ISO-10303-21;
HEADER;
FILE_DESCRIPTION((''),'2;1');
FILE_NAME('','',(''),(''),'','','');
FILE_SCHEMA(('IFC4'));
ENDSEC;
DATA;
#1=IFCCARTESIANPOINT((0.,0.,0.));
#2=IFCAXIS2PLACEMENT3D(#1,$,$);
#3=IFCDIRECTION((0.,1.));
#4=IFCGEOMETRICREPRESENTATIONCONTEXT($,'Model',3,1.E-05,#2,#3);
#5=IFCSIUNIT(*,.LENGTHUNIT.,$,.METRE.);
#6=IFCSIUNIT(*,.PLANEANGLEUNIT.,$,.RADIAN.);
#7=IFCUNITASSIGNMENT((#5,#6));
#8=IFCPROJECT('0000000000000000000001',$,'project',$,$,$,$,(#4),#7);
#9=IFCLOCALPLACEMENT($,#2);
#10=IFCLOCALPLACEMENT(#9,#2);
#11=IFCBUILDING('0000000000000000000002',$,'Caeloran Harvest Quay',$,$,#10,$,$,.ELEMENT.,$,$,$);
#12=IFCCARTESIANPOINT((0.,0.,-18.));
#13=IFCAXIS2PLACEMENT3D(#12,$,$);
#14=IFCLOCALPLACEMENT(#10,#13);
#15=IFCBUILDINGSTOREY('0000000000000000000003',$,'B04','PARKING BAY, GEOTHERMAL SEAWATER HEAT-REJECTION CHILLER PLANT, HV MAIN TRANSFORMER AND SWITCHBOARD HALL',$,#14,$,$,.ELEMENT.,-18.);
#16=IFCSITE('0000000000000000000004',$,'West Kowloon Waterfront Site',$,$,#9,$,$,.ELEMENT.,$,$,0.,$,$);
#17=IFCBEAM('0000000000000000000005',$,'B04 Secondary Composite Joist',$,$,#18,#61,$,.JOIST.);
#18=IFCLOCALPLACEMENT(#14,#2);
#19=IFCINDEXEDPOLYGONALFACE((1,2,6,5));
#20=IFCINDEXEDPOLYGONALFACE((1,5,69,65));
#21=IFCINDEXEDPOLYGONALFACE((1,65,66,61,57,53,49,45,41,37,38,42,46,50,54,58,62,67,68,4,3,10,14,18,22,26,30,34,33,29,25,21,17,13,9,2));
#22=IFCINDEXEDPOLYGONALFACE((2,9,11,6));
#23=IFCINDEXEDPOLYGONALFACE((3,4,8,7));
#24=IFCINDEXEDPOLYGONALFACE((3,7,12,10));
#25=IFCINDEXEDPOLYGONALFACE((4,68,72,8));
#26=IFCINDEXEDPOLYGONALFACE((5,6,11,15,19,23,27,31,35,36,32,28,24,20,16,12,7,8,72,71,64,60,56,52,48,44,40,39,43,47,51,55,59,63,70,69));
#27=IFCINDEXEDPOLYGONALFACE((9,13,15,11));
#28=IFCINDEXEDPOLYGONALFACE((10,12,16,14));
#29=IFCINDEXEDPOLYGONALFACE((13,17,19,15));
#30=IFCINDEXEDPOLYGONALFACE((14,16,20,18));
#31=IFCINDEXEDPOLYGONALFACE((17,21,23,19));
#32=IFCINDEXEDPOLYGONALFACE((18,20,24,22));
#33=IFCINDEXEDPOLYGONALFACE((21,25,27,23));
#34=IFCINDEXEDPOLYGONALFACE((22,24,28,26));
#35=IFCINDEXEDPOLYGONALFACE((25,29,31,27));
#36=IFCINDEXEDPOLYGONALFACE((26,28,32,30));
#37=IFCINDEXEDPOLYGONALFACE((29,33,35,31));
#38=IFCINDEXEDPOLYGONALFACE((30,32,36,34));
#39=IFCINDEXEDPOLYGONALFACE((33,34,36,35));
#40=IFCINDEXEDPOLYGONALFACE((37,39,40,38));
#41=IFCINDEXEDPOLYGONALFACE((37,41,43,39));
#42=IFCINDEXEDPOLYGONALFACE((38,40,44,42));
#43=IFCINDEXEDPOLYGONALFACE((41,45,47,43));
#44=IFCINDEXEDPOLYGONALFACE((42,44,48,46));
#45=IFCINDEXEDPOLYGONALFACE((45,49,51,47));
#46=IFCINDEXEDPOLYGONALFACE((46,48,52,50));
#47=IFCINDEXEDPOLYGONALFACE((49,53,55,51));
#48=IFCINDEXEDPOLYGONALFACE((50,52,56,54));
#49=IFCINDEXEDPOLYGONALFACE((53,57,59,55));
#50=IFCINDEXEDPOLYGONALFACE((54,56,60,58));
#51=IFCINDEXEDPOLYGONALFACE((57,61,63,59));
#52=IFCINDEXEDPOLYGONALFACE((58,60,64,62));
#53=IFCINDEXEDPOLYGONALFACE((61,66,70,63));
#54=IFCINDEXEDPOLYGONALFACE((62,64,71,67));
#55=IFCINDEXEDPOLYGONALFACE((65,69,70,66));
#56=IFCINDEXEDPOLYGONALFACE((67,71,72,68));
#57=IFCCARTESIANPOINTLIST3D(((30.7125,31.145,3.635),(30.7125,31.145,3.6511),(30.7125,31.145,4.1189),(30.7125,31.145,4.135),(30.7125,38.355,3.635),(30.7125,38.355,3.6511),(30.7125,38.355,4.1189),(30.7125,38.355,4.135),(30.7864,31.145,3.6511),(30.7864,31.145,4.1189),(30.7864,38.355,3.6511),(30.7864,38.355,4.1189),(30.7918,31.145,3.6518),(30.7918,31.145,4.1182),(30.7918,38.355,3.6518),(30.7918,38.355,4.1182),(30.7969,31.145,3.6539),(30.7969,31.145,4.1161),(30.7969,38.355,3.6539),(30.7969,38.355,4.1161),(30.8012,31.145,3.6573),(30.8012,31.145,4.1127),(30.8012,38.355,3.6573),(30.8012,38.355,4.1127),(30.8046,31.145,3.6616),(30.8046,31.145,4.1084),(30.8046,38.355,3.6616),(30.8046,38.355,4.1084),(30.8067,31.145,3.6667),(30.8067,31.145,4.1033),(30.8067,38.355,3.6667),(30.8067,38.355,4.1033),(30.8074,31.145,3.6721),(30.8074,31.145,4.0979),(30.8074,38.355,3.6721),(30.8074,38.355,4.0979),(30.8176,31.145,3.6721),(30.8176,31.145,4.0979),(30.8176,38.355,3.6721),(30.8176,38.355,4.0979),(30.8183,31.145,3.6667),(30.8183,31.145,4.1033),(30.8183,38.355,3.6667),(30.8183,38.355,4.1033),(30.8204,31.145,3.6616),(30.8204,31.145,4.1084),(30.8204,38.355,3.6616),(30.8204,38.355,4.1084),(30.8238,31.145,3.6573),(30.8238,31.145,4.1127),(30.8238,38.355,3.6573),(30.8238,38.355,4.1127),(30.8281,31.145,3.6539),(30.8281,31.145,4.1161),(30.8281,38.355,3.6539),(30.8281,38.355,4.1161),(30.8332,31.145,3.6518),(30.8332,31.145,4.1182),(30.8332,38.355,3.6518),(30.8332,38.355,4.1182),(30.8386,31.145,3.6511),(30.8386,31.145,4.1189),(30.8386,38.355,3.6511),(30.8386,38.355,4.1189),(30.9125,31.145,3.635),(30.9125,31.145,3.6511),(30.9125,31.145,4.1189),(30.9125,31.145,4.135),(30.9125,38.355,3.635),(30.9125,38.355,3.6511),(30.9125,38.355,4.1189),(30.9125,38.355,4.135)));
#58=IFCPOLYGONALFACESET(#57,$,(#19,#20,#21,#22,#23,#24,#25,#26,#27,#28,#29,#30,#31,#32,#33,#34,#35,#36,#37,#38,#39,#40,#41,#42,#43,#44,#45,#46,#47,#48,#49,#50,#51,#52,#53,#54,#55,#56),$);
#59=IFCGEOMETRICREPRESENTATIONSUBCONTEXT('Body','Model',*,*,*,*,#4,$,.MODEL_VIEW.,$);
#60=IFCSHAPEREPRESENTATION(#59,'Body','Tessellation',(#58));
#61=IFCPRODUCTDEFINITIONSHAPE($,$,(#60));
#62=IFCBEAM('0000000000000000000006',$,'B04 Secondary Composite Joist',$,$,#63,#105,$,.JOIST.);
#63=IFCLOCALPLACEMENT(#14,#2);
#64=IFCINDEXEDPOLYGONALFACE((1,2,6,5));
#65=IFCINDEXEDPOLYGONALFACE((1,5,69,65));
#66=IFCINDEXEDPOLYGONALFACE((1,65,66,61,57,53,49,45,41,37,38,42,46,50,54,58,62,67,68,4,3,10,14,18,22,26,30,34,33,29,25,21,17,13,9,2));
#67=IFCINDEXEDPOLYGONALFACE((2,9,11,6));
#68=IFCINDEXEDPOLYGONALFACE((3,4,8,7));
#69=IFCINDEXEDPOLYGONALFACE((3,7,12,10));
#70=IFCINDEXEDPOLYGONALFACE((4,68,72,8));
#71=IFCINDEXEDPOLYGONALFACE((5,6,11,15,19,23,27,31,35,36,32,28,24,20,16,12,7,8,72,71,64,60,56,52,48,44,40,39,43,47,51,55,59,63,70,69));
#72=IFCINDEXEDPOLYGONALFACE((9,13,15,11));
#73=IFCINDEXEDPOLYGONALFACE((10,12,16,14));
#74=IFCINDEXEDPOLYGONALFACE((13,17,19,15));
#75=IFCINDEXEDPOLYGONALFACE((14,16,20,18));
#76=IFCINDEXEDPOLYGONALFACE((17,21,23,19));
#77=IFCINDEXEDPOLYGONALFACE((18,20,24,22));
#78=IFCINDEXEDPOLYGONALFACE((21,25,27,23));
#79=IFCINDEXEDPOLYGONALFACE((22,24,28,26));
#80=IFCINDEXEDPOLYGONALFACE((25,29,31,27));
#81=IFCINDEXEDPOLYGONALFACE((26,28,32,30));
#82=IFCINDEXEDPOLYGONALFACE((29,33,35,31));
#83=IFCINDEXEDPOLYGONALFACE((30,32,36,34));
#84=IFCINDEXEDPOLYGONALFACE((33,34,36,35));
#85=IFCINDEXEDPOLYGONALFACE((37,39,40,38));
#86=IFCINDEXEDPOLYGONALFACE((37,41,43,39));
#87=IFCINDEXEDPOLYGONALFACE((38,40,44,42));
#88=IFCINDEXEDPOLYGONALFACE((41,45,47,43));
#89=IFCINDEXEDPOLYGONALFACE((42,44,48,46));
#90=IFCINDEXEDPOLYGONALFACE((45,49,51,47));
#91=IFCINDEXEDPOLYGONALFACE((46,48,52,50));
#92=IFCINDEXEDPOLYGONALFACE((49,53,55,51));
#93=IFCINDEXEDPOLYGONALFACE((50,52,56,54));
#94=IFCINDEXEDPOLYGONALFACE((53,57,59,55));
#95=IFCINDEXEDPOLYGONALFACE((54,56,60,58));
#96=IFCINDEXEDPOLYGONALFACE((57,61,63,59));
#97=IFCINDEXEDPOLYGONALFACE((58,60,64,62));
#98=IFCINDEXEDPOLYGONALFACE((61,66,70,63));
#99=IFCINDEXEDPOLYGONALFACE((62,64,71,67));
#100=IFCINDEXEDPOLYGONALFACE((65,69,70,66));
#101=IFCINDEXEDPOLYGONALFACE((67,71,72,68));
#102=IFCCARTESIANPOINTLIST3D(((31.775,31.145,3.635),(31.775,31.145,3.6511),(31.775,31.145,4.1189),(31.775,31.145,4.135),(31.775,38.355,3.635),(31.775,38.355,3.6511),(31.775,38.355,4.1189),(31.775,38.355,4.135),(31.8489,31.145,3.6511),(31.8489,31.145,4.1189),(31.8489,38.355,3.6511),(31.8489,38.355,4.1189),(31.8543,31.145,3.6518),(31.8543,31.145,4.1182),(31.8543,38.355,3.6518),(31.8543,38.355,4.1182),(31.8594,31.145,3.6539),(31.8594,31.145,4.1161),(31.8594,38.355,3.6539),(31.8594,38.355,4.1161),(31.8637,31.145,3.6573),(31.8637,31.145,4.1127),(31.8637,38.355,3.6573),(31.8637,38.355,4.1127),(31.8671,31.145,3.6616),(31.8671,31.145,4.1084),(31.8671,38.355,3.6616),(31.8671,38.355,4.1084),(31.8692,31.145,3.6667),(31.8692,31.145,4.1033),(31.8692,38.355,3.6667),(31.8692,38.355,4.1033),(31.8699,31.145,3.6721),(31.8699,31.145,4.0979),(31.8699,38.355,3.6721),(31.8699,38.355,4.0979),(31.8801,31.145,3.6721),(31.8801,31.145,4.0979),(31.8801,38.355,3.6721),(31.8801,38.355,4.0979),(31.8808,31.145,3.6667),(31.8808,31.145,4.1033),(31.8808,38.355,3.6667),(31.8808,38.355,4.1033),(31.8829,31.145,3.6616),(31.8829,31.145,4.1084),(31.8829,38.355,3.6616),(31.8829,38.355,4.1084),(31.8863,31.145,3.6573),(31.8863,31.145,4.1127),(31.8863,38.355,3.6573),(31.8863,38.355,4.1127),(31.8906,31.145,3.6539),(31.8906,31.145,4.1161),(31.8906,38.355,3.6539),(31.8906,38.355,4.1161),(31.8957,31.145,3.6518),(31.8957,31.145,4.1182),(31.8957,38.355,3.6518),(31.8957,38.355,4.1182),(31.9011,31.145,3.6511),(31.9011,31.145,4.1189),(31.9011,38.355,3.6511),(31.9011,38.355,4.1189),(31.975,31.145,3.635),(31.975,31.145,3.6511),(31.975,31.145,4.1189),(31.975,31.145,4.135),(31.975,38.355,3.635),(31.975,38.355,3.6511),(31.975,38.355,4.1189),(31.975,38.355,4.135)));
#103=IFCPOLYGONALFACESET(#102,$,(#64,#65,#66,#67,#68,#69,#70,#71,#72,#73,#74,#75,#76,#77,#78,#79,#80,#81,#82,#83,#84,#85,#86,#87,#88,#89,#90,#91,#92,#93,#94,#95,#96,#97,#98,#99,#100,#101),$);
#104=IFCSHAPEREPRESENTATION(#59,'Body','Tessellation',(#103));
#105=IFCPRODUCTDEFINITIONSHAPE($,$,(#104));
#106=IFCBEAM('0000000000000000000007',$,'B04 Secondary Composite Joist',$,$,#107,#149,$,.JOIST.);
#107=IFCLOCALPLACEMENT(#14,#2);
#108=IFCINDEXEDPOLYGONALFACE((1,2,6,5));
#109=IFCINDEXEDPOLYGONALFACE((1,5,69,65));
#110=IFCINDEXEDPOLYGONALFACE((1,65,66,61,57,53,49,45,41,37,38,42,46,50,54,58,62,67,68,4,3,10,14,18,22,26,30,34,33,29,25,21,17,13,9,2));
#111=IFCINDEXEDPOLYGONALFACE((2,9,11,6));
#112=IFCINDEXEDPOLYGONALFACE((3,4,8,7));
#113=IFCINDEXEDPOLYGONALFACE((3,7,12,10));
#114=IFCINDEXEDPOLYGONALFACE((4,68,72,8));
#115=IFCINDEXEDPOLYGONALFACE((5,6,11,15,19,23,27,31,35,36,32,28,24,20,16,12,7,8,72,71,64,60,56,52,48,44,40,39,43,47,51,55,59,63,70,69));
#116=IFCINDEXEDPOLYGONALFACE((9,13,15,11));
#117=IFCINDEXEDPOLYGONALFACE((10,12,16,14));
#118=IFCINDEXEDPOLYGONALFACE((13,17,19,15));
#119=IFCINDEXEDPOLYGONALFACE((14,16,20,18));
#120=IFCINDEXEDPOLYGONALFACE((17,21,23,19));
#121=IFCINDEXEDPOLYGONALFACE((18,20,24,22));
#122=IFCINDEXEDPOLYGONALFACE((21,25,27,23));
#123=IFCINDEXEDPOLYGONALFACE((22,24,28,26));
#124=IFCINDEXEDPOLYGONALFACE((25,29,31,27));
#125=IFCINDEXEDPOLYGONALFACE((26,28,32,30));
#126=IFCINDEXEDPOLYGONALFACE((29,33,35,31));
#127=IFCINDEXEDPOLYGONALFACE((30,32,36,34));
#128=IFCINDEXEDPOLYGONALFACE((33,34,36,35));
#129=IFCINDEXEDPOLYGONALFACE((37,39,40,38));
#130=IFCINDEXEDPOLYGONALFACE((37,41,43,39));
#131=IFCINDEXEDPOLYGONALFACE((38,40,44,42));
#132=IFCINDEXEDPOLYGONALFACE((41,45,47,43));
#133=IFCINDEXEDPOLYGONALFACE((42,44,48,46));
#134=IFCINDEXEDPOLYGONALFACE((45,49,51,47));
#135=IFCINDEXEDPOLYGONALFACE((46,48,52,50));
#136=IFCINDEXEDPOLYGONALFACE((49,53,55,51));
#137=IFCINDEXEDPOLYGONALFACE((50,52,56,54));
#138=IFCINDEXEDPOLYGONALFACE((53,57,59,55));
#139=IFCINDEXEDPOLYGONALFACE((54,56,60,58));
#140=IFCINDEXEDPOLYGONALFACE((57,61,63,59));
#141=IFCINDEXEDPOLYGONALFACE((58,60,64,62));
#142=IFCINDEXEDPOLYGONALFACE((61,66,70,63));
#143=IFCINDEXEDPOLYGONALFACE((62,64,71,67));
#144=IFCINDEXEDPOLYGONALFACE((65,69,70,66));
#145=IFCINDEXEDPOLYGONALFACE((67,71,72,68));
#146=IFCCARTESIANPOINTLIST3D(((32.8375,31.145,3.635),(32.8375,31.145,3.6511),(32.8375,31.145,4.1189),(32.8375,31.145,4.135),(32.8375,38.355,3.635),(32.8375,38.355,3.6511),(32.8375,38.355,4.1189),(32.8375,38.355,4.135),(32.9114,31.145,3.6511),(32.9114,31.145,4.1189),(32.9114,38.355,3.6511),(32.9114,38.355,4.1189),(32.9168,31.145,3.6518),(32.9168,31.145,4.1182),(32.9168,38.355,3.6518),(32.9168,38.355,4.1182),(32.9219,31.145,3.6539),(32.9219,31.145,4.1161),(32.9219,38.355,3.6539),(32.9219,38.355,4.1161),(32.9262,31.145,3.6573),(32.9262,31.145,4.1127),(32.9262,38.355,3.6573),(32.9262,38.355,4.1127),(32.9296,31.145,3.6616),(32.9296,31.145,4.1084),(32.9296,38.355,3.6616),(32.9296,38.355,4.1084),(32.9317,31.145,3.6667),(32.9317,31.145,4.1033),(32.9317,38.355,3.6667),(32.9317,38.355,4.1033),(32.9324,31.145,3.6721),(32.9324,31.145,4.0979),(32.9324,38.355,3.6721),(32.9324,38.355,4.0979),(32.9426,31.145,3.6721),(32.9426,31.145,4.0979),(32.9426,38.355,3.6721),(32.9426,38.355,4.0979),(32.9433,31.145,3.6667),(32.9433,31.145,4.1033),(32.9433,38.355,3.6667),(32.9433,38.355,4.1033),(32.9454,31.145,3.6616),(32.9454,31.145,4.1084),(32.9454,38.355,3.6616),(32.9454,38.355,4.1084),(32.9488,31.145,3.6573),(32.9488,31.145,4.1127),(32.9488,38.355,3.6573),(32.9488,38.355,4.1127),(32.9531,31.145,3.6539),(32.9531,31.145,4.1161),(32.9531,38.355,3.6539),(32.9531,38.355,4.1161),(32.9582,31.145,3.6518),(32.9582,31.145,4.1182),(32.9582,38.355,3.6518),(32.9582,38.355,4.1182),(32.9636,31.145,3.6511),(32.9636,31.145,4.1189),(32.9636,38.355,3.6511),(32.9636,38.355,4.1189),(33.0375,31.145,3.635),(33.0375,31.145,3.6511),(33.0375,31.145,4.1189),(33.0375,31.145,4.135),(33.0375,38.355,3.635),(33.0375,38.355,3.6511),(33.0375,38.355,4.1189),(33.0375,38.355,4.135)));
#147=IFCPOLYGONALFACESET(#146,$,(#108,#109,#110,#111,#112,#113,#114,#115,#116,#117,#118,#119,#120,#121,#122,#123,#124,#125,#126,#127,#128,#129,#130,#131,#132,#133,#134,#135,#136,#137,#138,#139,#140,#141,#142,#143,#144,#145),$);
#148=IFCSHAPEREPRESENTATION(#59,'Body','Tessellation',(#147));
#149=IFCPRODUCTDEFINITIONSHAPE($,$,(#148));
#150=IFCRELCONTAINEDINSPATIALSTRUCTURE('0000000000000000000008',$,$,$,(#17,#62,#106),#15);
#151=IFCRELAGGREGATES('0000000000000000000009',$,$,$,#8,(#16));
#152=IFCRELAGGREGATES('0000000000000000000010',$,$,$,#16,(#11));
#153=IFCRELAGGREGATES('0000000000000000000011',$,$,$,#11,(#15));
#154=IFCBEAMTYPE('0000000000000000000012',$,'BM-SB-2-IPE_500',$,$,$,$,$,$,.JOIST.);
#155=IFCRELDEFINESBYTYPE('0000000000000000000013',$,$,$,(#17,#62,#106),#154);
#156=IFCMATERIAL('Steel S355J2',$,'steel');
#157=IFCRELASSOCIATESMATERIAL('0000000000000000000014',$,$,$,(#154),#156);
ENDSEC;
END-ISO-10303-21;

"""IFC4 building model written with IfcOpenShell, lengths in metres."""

from ifc_helpers import new_model, si_unit, direction, frame, origin, origin_2d, place, context, subcontext, project, spatial, i_section, extrude, material, material_profile, profile_set, type_object, element, save


model = new_model("IFC4")

# Units and contexts
model_context = context("Model", 3, precision=1e-05, world=origin(), true_north=direction((0.0, 1.0)))
body_context = subcontext(model_context, "Body", "Model", "MODEL_VIEW")
ifc_project = project(units=[si_unit("LENGTHUNIT", "METRE"), si_unit("PLANEANGLEUNIT", "RADIAN")], contexts=[model_context])

# Site, building, storey
site_placement = place(None, origin())
site = spatial("IfcSite", under=ifc_project, at=site_placement, Name="West Kowloon Waterfront Site", CompositionType="ELEMENT", RefElevation=0.0)
building_placement = place(site_placement, origin())
building = spatial("IfcBuilding", under=site, at=building_placement, Name="Caeloran Harvest Quay", CompositionType="ELEMENT")
storey_placement = place(building_placement, frame((0.0, 0.0, -18.0)))
storey = spatial("IfcBuildingStorey", under=building, at=storey_placement, Name="B04", Description="PARKING BAY, GEOTHERMAL SEAWATER HEAT-REJECTION CHILLER PLANT, HV MAIN TRANSFORMER AND SWITCHBOARD HALL", CompositionType="ELEMENT", Elevation=-18.0)

# Beams
ifc_material_1 = material(Name="Steel S355J2", Category="steel")
ifc_material_profile_1 = material_profile(ifc_material_1, i_section(OverallWidth=0.2, OverallDepth=0.5, WebThickness=0.0103, FlangeThickness=0.0161, FilletRadius=0.021, at=origin_2d()), Name="IPE 500")
ifc_profile_set_1 = profile_set([ifc_material_profile_1], Name="Steel S355J2")
beam_type_1 = type_object("IfcBeamType", Name="BM-SB-2-IPE_500", PredefinedType="JOIST", material=ifc_profile_set_1)
for number, where, z_axis, x_axis, name in (
    (1, (30.8125, 31.145, 3.885), (0.0, 1.0, 0.0), (-1.0, 0.0, 0.0), "B04 Secondary Composite Joist"),
    (2, (31.875, 31.145, 3.885), (0.0, 1.0, 0.0), (-1.0, 0.0, 0.0), "B04 Secondary Composite Joist"),
    (3, (32.9375, 31.145, 3.885), (0.0, 1.0, 0.0), (-1.0, 0.0, 0.0), "B04 Secondary Composite Joist"),
):
    element("IfcBeam", number, at=place(storey_placement, frame(where, z_axis=z_axis, x_axis=x_axis)), inside=storey, type_object=beam_type_1, Name=name, PredefinedType="JOIST", context=body_context, shape_type="SweptSolid", body=[
        extrude(i_section(OverallWidth=0.2, OverallDepth=0.5, WebThickness=0.0103, FlangeThickness=0.0161, FilletRadius=0.021, at=origin_2d()), origin(), (0.0, 0.0, 1.0), 7.21),
    ])

save(model, "model.ifc")
